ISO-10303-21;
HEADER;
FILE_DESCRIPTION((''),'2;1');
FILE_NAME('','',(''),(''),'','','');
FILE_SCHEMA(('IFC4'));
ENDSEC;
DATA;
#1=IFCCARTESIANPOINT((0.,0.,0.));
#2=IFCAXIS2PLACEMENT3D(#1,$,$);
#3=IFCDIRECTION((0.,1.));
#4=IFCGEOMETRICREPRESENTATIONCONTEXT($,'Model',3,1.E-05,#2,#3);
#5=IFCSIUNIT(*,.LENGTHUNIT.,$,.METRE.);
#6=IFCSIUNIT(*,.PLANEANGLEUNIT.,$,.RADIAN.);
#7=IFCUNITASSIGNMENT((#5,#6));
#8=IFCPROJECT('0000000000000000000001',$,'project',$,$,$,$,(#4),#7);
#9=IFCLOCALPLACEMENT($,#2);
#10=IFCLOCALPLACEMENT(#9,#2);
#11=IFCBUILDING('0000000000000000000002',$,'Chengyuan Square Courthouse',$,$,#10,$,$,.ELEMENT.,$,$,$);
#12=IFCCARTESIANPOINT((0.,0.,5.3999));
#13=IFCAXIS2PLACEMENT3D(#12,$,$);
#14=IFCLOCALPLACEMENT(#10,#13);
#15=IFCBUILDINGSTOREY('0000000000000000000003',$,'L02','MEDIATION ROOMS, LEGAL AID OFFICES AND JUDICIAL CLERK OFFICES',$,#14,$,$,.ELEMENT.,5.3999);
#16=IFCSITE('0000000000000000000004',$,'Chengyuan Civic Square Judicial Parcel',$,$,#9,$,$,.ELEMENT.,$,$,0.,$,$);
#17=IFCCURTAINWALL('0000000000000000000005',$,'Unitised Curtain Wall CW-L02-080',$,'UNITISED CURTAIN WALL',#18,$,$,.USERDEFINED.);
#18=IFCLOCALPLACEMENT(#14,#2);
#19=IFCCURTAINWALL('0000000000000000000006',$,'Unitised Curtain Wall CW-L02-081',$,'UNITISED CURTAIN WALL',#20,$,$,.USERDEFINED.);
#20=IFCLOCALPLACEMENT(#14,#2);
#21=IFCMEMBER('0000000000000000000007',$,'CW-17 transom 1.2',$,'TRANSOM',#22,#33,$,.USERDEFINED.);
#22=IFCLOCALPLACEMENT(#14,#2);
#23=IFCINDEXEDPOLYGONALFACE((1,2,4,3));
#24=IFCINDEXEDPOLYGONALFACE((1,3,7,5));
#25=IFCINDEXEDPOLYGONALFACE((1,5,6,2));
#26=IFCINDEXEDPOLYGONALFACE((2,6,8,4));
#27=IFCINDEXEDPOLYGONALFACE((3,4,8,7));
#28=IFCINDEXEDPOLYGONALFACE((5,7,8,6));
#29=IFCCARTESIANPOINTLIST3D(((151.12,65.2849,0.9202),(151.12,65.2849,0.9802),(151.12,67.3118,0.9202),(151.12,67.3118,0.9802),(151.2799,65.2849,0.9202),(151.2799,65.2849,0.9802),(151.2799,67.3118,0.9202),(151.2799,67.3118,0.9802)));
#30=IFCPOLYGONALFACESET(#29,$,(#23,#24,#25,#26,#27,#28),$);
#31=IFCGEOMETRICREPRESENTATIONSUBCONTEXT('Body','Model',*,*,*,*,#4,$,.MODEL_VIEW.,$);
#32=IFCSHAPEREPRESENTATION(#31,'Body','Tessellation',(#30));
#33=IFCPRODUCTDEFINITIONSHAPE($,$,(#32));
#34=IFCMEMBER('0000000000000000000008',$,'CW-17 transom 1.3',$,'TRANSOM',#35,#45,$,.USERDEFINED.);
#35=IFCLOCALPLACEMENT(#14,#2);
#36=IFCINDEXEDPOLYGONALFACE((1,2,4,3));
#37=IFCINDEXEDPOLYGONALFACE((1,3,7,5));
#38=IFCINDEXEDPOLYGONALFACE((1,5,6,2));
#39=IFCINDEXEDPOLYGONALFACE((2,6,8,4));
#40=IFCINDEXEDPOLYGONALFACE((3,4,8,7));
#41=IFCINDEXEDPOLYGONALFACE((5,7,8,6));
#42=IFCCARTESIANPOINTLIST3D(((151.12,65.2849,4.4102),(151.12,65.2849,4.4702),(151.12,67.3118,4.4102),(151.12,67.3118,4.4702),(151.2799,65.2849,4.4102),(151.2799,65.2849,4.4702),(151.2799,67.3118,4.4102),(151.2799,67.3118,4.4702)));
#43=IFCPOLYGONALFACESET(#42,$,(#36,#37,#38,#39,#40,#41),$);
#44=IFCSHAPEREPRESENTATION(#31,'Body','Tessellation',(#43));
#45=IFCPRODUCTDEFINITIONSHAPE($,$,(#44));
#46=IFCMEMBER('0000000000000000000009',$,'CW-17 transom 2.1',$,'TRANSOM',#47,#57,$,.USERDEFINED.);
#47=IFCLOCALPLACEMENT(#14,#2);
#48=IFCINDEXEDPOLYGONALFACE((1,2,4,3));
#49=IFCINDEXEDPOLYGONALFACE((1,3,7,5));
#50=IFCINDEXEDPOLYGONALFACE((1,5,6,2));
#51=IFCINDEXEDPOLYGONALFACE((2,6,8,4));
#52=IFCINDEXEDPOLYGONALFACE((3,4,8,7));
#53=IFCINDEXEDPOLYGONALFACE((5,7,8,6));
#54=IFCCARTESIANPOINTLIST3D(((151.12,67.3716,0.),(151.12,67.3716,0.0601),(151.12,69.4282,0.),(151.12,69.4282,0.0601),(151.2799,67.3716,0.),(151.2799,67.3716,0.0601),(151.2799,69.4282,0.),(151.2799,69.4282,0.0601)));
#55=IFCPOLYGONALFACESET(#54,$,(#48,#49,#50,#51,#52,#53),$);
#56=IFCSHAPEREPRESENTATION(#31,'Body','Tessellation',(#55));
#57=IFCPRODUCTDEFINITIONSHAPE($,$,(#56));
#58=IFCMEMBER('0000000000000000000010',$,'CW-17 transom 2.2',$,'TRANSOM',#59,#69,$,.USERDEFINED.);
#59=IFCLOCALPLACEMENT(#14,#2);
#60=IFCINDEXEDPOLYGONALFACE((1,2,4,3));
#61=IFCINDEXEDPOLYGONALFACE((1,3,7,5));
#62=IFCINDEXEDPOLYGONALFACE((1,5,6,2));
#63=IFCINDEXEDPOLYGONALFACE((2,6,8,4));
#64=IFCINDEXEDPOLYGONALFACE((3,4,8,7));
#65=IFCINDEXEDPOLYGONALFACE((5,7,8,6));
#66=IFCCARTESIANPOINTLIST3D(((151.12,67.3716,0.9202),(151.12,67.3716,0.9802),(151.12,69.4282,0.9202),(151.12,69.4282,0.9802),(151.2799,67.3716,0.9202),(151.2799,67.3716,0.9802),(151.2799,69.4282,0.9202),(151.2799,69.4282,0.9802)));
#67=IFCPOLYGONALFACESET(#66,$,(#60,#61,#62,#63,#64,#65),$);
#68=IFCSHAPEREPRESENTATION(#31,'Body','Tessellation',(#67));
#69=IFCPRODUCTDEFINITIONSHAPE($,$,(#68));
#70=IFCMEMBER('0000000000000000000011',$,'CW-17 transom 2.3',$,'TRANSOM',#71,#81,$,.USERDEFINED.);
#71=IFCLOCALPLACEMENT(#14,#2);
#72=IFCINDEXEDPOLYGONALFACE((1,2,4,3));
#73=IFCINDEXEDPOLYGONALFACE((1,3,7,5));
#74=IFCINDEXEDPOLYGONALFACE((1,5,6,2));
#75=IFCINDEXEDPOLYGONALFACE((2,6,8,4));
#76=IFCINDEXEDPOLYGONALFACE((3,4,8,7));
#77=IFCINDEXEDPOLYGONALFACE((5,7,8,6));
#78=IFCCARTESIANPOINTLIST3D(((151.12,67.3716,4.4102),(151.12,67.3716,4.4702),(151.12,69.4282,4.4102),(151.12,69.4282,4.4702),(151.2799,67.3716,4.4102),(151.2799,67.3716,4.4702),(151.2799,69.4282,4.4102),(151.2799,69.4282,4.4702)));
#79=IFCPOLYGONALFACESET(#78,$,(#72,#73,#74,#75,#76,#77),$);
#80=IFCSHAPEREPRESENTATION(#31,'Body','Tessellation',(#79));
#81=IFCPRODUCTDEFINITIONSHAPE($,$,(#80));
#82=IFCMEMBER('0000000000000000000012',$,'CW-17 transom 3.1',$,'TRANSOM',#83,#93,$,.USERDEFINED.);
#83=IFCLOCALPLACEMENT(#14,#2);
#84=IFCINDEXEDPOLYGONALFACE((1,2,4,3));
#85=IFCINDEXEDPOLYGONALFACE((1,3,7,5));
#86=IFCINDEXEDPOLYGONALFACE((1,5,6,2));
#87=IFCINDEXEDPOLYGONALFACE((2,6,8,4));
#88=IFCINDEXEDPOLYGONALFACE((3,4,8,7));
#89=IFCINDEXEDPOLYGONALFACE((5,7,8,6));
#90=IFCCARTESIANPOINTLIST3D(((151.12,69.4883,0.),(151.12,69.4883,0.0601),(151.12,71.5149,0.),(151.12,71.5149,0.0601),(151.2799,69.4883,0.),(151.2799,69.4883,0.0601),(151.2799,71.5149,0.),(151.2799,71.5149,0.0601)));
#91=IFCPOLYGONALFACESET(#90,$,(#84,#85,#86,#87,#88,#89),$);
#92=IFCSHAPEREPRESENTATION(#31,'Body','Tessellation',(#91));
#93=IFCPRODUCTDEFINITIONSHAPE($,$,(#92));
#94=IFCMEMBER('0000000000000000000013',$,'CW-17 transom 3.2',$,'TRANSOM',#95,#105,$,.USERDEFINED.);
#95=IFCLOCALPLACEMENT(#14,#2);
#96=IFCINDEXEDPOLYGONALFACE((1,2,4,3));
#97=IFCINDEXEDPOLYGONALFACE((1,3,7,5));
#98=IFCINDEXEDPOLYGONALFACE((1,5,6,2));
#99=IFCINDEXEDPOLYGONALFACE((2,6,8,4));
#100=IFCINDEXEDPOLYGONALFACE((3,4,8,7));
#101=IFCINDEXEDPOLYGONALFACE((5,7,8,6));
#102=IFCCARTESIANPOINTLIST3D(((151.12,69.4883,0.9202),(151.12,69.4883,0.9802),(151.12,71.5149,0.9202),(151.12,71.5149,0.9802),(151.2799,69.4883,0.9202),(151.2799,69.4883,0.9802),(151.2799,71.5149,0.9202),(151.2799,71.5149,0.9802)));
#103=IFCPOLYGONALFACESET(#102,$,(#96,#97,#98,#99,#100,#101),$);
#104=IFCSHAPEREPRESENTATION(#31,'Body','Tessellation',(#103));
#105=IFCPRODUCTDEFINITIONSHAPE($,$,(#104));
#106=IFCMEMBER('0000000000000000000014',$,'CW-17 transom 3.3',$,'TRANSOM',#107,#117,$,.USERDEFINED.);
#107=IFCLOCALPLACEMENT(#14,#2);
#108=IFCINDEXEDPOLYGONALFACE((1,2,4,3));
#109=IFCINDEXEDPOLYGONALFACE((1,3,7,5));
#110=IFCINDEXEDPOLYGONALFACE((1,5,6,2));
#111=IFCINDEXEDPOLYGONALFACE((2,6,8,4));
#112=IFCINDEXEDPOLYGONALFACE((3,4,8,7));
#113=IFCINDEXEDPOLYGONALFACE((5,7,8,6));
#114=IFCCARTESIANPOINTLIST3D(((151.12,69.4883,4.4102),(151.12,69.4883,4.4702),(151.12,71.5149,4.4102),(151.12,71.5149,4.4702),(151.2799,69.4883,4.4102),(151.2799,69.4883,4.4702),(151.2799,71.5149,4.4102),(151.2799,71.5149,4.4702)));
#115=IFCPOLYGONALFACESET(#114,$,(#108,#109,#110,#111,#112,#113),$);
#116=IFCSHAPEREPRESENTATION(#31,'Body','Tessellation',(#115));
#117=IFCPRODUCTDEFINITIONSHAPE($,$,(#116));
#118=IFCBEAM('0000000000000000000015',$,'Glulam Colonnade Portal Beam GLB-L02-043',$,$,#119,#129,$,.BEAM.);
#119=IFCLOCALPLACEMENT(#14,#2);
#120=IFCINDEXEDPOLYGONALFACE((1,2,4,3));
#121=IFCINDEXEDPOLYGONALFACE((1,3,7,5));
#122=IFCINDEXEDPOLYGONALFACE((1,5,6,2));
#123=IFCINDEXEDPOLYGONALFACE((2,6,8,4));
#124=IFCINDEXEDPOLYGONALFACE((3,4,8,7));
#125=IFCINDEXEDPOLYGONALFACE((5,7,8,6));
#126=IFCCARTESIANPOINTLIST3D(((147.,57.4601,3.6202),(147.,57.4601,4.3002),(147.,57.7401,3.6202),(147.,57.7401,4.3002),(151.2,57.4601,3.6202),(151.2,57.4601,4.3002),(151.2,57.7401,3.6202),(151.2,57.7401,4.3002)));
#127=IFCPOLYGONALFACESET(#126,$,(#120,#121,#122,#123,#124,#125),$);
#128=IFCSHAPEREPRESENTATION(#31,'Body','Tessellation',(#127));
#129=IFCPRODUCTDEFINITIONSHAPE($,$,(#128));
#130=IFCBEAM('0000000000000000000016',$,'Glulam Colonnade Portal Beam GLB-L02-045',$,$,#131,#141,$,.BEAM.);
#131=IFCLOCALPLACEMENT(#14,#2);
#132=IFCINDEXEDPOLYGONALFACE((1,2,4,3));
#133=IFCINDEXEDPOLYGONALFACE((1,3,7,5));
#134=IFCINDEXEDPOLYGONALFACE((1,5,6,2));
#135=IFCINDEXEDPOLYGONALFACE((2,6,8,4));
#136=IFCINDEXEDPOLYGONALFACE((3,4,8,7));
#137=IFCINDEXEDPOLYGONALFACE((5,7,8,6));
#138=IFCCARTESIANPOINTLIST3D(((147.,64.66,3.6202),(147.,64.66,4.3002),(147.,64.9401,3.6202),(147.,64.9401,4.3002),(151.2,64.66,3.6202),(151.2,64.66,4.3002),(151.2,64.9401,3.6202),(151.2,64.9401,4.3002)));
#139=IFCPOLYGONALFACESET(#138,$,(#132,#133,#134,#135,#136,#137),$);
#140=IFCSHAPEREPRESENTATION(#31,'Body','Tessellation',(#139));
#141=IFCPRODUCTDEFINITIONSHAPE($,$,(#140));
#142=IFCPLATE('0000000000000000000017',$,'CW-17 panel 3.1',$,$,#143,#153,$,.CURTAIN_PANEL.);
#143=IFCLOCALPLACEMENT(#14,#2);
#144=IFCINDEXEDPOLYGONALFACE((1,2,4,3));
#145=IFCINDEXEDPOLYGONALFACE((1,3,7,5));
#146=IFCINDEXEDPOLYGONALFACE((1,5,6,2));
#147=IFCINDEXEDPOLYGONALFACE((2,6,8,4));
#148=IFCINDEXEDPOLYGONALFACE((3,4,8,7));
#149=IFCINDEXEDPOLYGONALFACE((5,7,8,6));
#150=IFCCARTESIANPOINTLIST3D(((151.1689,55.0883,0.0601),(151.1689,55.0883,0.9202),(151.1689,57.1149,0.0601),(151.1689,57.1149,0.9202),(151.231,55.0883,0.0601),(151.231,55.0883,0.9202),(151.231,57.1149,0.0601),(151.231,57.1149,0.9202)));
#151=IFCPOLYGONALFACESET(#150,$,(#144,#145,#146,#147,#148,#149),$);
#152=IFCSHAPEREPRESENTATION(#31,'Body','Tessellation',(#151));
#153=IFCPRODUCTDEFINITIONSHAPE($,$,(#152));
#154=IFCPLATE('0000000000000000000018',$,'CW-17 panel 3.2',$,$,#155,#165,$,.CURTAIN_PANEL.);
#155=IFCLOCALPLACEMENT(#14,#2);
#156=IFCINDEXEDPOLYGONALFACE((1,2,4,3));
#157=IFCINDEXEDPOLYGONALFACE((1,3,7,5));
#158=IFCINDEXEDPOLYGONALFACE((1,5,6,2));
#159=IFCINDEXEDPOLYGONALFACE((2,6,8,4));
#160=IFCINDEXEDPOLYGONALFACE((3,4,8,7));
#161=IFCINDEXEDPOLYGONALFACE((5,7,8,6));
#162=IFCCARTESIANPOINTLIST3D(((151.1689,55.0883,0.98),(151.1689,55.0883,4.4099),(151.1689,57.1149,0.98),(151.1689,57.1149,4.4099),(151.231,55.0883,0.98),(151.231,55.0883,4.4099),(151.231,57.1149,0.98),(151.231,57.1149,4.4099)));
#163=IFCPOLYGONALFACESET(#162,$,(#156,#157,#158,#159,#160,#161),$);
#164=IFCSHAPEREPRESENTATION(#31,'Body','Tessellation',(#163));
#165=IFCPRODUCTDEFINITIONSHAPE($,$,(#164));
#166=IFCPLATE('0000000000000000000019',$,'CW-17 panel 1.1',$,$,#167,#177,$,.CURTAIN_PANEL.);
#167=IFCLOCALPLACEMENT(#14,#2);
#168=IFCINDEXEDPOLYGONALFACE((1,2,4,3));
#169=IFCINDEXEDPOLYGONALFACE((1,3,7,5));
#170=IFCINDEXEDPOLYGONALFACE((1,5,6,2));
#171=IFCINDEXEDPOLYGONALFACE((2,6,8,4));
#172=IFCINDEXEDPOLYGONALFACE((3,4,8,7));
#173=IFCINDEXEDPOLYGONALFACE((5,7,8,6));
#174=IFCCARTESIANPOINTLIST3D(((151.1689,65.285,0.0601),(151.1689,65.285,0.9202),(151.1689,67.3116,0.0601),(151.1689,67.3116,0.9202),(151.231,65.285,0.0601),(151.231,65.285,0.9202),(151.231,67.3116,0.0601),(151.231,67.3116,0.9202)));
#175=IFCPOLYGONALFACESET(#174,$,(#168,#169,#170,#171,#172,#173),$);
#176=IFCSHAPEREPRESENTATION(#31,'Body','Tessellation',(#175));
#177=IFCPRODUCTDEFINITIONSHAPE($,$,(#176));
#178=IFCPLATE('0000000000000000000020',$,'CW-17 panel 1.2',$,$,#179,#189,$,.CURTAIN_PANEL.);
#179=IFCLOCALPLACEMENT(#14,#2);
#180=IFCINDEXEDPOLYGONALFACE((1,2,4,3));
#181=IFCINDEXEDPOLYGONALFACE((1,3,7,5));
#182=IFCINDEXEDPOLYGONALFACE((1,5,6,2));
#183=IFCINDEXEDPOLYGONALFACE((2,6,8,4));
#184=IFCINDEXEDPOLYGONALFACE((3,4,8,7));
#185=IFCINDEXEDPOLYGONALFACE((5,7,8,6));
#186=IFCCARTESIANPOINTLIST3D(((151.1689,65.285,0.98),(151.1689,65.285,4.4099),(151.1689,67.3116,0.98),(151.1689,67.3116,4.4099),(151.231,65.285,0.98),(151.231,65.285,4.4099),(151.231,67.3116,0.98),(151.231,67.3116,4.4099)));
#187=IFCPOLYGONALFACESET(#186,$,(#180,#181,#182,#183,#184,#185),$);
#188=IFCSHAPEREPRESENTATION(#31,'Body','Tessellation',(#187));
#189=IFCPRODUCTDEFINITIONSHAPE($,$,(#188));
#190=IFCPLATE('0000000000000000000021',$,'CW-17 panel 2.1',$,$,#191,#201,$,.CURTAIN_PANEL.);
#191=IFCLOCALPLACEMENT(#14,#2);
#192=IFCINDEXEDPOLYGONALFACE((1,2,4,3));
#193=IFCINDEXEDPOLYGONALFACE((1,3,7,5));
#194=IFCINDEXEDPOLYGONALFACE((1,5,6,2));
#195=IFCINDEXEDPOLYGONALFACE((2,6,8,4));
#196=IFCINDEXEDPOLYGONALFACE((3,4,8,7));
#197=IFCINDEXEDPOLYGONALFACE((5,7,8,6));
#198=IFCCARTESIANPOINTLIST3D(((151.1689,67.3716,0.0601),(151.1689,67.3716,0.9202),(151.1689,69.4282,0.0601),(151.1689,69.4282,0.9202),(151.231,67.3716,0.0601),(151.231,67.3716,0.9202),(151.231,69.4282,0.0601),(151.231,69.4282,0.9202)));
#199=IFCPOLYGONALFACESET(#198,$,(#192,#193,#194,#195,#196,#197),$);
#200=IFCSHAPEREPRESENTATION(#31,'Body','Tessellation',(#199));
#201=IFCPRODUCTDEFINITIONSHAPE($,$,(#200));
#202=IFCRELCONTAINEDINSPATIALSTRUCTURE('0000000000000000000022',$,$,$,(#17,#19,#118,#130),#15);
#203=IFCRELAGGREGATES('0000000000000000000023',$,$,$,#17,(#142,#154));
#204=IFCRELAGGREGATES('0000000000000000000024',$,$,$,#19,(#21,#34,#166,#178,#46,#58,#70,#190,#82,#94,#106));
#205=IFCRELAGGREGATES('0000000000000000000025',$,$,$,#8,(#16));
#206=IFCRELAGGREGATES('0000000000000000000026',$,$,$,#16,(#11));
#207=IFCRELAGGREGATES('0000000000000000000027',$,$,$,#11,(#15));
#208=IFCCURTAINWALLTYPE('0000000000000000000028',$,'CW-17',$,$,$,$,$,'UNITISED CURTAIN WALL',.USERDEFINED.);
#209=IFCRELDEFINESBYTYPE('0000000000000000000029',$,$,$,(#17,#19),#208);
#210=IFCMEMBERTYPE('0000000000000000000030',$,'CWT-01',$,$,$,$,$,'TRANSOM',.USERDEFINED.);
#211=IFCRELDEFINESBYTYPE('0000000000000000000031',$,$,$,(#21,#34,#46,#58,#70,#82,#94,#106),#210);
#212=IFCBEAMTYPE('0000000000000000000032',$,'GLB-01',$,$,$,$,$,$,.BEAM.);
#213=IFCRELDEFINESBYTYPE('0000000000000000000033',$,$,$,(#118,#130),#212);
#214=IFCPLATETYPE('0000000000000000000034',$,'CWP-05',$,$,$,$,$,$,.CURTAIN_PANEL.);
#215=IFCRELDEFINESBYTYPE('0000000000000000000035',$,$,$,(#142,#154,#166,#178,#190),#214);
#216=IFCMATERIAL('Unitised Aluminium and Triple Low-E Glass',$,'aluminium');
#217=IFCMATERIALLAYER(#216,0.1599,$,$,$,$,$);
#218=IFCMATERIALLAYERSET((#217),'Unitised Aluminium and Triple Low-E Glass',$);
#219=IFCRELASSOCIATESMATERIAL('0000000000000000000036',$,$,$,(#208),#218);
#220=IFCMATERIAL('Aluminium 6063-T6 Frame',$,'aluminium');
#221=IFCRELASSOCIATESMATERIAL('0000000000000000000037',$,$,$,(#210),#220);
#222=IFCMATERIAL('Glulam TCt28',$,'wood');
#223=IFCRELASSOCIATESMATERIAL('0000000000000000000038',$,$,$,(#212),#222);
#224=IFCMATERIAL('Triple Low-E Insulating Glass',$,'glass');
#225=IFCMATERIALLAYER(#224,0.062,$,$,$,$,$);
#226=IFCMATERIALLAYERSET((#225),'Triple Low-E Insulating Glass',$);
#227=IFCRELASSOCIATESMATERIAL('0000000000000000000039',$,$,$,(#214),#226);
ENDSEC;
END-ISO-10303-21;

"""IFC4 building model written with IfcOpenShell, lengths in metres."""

from ifc_helpers import new_model, si_unit, direction, frame, origin, origin_2d, place, context, subcontext, project, spatial, rectangle, extrude, material, layer, layer_set, material_profile, profile_set, type_object, element, aggregate, save


model = new_model("IFC4")

# Units and contexts
model_context = context("Model", 3, precision=1e-05, world=origin(), true_north=direction((0.0, 1.0)))
body_context = subcontext(model_context, "Body", "Model", "MODEL_VIEW")
ifc_project = project(units=[si_unit("LENGTHUNIT", "METRE"), si_unit("PLANEANGLEUNIT", "RADIAN")], contexts=[model_context])

# Site, building, storey
site_placement = place(None, origin())
site = spatial("IfcSite", under=ifc_project, at=site_placement, Name="Chengyuan Civic Square Judicial Parcel", CompositionType="ELEMENT", RefElevation=0.0)
building_placement = place(site_placement, origin())
building = spatial("IfcBuilding", under=site, at=building_placement, Name="Chengyuan Square Courthouse", CompositionType="ELEMENT")
storey_placement = place(building_placement, frame((0.0, 0.0, 5.3999)))
storey = spatial("IfcBuildingStorey", under=building, at=storey_placement, Name="L02", Description="MEDIATION ROOMS, LEGAL AID OFFICES AND JUDICIAL CLERK OFFICES", CompositionType="ELEMENT", Elevation=5.3999)

# Curtain wall
ifc_material_1 = material(Name="Unitised Aluminium and Triple Low-E Glass", Category="aluminium")
ifc_layer_1 = layer(ifc_material_1, 0.1599)
ifc_layer_set_1 = layer_set([ifc_layer_1], Name="Unitised Aluminium and Triple Low-E Glass")
curtain_wall_type = type_object("IfcCurtainWallType", Name="CW-17", ElementType="UNITISED CURTAIN WALL", PredefinedType="USERDEFINED", material=ifc_layer_set_1)
curtain_wall_1_placement = place(storey_placement, origin())
curtain_wall_1 = element("IfcCurtainWall", 1, at=curtain_wall_1_placement, inside=storey, type_object=curtain_wall_type, Name="Unitised Curtain Wall CW-L02-080", ObjectType="UNITISED CURTAIN WALL", PredefinedType="USERDEFINED")
ifc_material_2 = material(Name="Aluminium 6063-T6 Frame", Category="aluminium")

# Curtain wall, members
curtain_wall_2_placement = place(storey_placement, origin())
curtain_wall_2 = element("IfcCurtainWall", 2, at=curtain_wall_2_placement, inside=storey, type_object=curtain_wall_type, Name="Unitised Curtain Wall CW-L02-081", ObjectType="UNITISED CURTAIN WALL", PredefinedType="USERDEFINED")
ifc_material_profile_1 = material_profile(ifc_material_2, rectangle(XDim=0.1599, YDim=0.0601, at=origin_2d()), Name="CW-TRN-60x120")
ifc_profile_set_1 = profile_set([ifc_material_profile_1], Name="Aluminium 6063-T6 Frame")
member_type_1 = type_object("IfcMemberType", Name="CWT-01", ElementType="TRANSOM", PredefinedType="USERDEFINED", material=ifc_profile_set_1)
member_1_placement = place(storey_placement, frame((151.2, 65.2849, 0.9502), z_axis=(0.0, 1.0, 0.0), x_axis=(-1.0, 0.0, 0.0)))
member_1 = element("IfcMember", 3, at=member_1_placement, type_object=member_type_1, Name="CW-17 transom 1.2", ObjectType="TRANSOM", PredefinedType="USERDEFINED", context=body_context, shape_type="SweptSolid", body=[
    extrude(rectangle(XDim=0.1599, YDim=0.0601, at=origin_2d()), origin(), (0.0, 0.0, 1.0), 2.0269),
])
member_2_placement = place(storey_placement, frame((151.2, 65.2849, 4.4402), z_axis=(0.0, 1.0, 0.0), x_axis=(-1.0, 0.0, 0.0)))
member_2 = element("IfcMember", 4, at=member_2_placement, type_object=member_type_1, Name="CW-17 transom 1.3", ObjectType="TRANSOM", PredefinedType="USERDEFINED", context=body_context, shape_type="SweptSolid", body=[
    extrude(rectangle(XDim=0.1599, YDim=0.0601, at=origin_2d()), origin(), (0.0, 0.0, 1.0), 2.0269),
])
member_3_placement = place(storey_placement, frame((151.2, 67.3716, 0.03), z_axis=(0.0, 1.0, 0.0), x_axis=(-1.0, 0.0, 0.0)))
member_3 = element("IfcMember", 5, at=member_3_placement, type_object=member_type_1, Name="CW-17 transom 2.1", ObjectType="TRANSOM", PredefinedType="USERDEFINED", context=body_context, shape_type="SweptSolid", body=[
    extrude(rectangle(XDim=0.1599, YDim=0.0601, at=origin_2d()), origin(), (0.0, 0.0, 1.0), 2.0566),
])
member_4_placement = place(storey_placement, frame((151.2, 67.3716, 0.9502), z_axis=(0.0, 1.0, 0.0), x_axis=(-1.0, 0.0, 0.0)))
member_4 = element("IfcMember", 6, at=member_4_placement, type_object=member_type_1, Name="CW-17 transom 2.2", ObjectType="TRANSOM", PredefinedType="USERDEFINED", context=body_context, shape_type="SweptSolid", body=[
    extrude(rectangle(XDim=0.1599, YDim=0.0601, at=origin_2d()), origin(), (0.0, 0.0, 1.0), 2.0566),
])
member_5_placement = place(storey_placement, frame((151.2, 67.3716, 4.4402), z_axis=(0.0, 1.0, 0.0), x_axis=(-1.0, 0.0, 0.0)))
member_5 = element("IfcMember", 7, at=member_5_placement, type_object=member_type_1, Name="CW-17 transom 2.3", ObjectType="TRANSOM", PredefinedType="USERDEFINED", context=body_context, shape_type="SweptSolid", body=[
    extrude(rectangle(XDim=0.1599, YDim=0.0601, at=origin_2d()), origin(), (0.0, 0.0, 1.0), 2.0566),
])
member_6_placement = place(storey_placement, frame((151.2, 69.4883, 0.03), z_axis=(0.0, 1.0, 0.0), x_axis=(-1.0, 0.0, 0.0)))
member_6 = element("IfcMember", 8, at=member_6_placement, type_object=member_type_1, Name="CW-17 transom 3.1", ObjectType="TRANSOM", PredefinedType="USERDEFINED", context=body_context, shape_type="SweptSolid", body=[
    extrude(rectangle(XDim=0.1599, YDim=0.0601, at=origin_2d()), origin(), (0.0, 0.0, 1.0), 2.0266),
])
member_7_placement = place(storey_placement, frame((151.2, 69.4883, 0.9502), z_axis=(0.0, 1.0, 0.0), x_axis=(-1.0, 0.0, 0.0)))
member_7 = element("IfcMember", 9, at=member_7_placement, type_object=member_type_1, Name="CW-17 transom 3.2", ObjectType="TRANSOM", PredefinedType="USERDEFINED", context=body_context, shape_type="SweptSolid", body=[
    extrude(rectangle(XDim=0.1599, YDim=0.0601, at=origin_2d()), origin(), (0.0, 0.0, 1.0), 2.0266),
])
member_8_placement = place(storey_placement, frame((151.2, 69.4883, 4.4402), z_axis=(0.0, 1.0, 0.0), x_axis=(-1.0, 0.0, 0.0)))
member_8 = element("IfcMember", 10, at=member_8_placement, type_object=member_type_1, Name="CW-17 transom 3.3", ObjectType="TRANSOM", PredefinedType="USERDEFINED", context=body_context, shape_type="SweptSolid", body=[
    extrude(rectangle(XDim=0.1599, YDim=0.0601, at=origin_2d()), origin(), (0.0, 0.0, 1.0), 2.0266),
])

# Beams
ifc_material_3 = material(Name="Glulam TCt28", Category="wood")
ifc_material_profile_2 = material_profile(ifc_material_3, rectangle(XDim=0.28, YDim=0.6799, at=origin_2d()), Name="GL-BM-280x680")
ifc_profile_set_2 = profile_set([ifc_material_profile_2], Name="Glulam TCt28")
beam_type_1 = type_object("IfcBeamType", Name="GLB-01", PredefinedType="BEAM", material=ifc_profile_set_2)
for number, where, z_axis, x_axis, name in (
    (11, (151.2, 57.6001, 3.9602), (-1.0, 0.0, 0.0), (0.0, -1.0, 0.0), "Glulam Colonnade Portal Beam GLB-L02-043"),
    (12, (151.2, 64.8, 3.9602), (-1.0, 0.0, 0.0), (0.0, -1.0, 0.0), "Glulam Colonnade Portal Beam GLB-L02-045"),
):
    element("IfcBeam", number, at=place(storey_placement, frame(where, z_axis=z_axis, x_axis=x_axis)), inside=storey, type_object=beam_type_1, Name=name, PredefinedType="BEAM", context=body_context, shape_type="SweptSolid", body=[
        extrude(rectangle(XDim=0.28, YDim=0.6799, at=origin_2d()), origin(), (0.0, 0.0, 1.0), 4.2),
    ])

# Plates
ifc_material_4 = material(Name="Triple Low-E Insulating Glass", Category="glass")
ifc_layer_2 = layer(ifc_material_4, 0.062)
ifc_layer_set_2 = layer_set([ifc_layer_2], Name="Triple Low-E Insulating Glass")
plate_type = type_object("IfcPlateType", Name="CWP-05", PredefinedType="CURTAIN_PANEL", material=ifc_layer_set_2)
plate_1_placement = place(storey_placement, frame((151.2, 56.1016, 0.0601), z_axis=(0.0, 0.0, 1.0), x_axis=(0.0, 1.0, 0.0)))
plate_1 = element("IfcPlate", 13, at=plate_1_placement, type_object=plate_type, Name="CW-17 panel 3.1", PredefinedType="CURTAIN_PANEL", context=body_context, shape_type="SweptSolid", body=[
    extrude(rectangle(XDim=2.0266, YDim=0.062, at=origin_2d()), origin(), (0.0, 0.0, 1.0), 0.8601),
])
plate_2_placement = place(storey_placement, frame((151.2, 56.1016, 0.98), z_axis=(0.0, 0.0, 1.0), x_axis=(0.0, 1.0, 0.0)))
plate_2 = element("IfcPlate", 14, at=plate_2_placement, type_object=plate_type, Name="CW-17 panel 3.2", PredefinedType="CURTAIN_PANEL", context=body_context, shape_type="SweptSolid", body=[
    extrude(rectangle(XDim=2.0266, YDim=0.062, at=origin_2d()), origin(), (0.0, 0.0, 1.0), 3.4299),
])
aggregate(curtain_wall_1, [plate_1, plate_2])
plate_3_placement = place(storey_placement, frame((151.2, 66.2983, 0.0601), z_axis=(0.0, 0.0, 1.0), x_axis=(0.0, 1.0, 0.0)))
plate_3 = element("IfcPlate", 15, at=plate_3_placement, type_object=plate_type, Name="CW-17 panel 1.1", PredefinedType="CURTAIN_PANEL", context=body_context, shape_type="SweptSolid", body=[
    extrude(rectangle(XDim=2.0266, YDim=0.062, at=origin_2d()), origin(), (0.0, 0.0, 1.0), 0.8601),
])
plate_4_placement = place(storey_placement, frame((151.2, 66.2983, 0.98), z_axis=(0.0, 0.0, 1.0), x_axis=(0.0, 1.0, 0.0)))
plate_4 = element("IfcPlate", 16, at=plate_4_placement, type_object=plate_type, Name="CW-17 panel 1.2", PredefinedType="CURTAIN_PANEL", context=body_context, shape_type="SweptSolid", body=[
    extrude(rectangle(XDim=2.0266, YDim=0.062, at=origin_2d()), origin(), (0.0, 0.0, 1.0), 3.4299),
])
plate_5_placement = place(storey_placement, frame((151.2, 68.3999, 0.0601), z_axis=(0.0, 0.0, 1.0), x_axis=(0.0, 1.0, 0.0)))
plate_5 = element("IfcPlate", 17, at=plate_5_placement, type_object=plate_type, Name="CW-17 panel 2.1", PredefinedType="CURTAIN_PANEL", context=body_context, shape_type="SweptSolid", body=[
    extrude(rectangle(XDim=2.0566, YDim=0.062, at=origin_2d()), origin(), (0.0, 0.0, 1.0), 0.8601),
])
aggregate(curtain_wall_2, [member_1, member_2, plate_3, plate_4, member_3, member_4, member_5, plate_5, member_6, member_7, member_8])

save(model, "model.ifc")
